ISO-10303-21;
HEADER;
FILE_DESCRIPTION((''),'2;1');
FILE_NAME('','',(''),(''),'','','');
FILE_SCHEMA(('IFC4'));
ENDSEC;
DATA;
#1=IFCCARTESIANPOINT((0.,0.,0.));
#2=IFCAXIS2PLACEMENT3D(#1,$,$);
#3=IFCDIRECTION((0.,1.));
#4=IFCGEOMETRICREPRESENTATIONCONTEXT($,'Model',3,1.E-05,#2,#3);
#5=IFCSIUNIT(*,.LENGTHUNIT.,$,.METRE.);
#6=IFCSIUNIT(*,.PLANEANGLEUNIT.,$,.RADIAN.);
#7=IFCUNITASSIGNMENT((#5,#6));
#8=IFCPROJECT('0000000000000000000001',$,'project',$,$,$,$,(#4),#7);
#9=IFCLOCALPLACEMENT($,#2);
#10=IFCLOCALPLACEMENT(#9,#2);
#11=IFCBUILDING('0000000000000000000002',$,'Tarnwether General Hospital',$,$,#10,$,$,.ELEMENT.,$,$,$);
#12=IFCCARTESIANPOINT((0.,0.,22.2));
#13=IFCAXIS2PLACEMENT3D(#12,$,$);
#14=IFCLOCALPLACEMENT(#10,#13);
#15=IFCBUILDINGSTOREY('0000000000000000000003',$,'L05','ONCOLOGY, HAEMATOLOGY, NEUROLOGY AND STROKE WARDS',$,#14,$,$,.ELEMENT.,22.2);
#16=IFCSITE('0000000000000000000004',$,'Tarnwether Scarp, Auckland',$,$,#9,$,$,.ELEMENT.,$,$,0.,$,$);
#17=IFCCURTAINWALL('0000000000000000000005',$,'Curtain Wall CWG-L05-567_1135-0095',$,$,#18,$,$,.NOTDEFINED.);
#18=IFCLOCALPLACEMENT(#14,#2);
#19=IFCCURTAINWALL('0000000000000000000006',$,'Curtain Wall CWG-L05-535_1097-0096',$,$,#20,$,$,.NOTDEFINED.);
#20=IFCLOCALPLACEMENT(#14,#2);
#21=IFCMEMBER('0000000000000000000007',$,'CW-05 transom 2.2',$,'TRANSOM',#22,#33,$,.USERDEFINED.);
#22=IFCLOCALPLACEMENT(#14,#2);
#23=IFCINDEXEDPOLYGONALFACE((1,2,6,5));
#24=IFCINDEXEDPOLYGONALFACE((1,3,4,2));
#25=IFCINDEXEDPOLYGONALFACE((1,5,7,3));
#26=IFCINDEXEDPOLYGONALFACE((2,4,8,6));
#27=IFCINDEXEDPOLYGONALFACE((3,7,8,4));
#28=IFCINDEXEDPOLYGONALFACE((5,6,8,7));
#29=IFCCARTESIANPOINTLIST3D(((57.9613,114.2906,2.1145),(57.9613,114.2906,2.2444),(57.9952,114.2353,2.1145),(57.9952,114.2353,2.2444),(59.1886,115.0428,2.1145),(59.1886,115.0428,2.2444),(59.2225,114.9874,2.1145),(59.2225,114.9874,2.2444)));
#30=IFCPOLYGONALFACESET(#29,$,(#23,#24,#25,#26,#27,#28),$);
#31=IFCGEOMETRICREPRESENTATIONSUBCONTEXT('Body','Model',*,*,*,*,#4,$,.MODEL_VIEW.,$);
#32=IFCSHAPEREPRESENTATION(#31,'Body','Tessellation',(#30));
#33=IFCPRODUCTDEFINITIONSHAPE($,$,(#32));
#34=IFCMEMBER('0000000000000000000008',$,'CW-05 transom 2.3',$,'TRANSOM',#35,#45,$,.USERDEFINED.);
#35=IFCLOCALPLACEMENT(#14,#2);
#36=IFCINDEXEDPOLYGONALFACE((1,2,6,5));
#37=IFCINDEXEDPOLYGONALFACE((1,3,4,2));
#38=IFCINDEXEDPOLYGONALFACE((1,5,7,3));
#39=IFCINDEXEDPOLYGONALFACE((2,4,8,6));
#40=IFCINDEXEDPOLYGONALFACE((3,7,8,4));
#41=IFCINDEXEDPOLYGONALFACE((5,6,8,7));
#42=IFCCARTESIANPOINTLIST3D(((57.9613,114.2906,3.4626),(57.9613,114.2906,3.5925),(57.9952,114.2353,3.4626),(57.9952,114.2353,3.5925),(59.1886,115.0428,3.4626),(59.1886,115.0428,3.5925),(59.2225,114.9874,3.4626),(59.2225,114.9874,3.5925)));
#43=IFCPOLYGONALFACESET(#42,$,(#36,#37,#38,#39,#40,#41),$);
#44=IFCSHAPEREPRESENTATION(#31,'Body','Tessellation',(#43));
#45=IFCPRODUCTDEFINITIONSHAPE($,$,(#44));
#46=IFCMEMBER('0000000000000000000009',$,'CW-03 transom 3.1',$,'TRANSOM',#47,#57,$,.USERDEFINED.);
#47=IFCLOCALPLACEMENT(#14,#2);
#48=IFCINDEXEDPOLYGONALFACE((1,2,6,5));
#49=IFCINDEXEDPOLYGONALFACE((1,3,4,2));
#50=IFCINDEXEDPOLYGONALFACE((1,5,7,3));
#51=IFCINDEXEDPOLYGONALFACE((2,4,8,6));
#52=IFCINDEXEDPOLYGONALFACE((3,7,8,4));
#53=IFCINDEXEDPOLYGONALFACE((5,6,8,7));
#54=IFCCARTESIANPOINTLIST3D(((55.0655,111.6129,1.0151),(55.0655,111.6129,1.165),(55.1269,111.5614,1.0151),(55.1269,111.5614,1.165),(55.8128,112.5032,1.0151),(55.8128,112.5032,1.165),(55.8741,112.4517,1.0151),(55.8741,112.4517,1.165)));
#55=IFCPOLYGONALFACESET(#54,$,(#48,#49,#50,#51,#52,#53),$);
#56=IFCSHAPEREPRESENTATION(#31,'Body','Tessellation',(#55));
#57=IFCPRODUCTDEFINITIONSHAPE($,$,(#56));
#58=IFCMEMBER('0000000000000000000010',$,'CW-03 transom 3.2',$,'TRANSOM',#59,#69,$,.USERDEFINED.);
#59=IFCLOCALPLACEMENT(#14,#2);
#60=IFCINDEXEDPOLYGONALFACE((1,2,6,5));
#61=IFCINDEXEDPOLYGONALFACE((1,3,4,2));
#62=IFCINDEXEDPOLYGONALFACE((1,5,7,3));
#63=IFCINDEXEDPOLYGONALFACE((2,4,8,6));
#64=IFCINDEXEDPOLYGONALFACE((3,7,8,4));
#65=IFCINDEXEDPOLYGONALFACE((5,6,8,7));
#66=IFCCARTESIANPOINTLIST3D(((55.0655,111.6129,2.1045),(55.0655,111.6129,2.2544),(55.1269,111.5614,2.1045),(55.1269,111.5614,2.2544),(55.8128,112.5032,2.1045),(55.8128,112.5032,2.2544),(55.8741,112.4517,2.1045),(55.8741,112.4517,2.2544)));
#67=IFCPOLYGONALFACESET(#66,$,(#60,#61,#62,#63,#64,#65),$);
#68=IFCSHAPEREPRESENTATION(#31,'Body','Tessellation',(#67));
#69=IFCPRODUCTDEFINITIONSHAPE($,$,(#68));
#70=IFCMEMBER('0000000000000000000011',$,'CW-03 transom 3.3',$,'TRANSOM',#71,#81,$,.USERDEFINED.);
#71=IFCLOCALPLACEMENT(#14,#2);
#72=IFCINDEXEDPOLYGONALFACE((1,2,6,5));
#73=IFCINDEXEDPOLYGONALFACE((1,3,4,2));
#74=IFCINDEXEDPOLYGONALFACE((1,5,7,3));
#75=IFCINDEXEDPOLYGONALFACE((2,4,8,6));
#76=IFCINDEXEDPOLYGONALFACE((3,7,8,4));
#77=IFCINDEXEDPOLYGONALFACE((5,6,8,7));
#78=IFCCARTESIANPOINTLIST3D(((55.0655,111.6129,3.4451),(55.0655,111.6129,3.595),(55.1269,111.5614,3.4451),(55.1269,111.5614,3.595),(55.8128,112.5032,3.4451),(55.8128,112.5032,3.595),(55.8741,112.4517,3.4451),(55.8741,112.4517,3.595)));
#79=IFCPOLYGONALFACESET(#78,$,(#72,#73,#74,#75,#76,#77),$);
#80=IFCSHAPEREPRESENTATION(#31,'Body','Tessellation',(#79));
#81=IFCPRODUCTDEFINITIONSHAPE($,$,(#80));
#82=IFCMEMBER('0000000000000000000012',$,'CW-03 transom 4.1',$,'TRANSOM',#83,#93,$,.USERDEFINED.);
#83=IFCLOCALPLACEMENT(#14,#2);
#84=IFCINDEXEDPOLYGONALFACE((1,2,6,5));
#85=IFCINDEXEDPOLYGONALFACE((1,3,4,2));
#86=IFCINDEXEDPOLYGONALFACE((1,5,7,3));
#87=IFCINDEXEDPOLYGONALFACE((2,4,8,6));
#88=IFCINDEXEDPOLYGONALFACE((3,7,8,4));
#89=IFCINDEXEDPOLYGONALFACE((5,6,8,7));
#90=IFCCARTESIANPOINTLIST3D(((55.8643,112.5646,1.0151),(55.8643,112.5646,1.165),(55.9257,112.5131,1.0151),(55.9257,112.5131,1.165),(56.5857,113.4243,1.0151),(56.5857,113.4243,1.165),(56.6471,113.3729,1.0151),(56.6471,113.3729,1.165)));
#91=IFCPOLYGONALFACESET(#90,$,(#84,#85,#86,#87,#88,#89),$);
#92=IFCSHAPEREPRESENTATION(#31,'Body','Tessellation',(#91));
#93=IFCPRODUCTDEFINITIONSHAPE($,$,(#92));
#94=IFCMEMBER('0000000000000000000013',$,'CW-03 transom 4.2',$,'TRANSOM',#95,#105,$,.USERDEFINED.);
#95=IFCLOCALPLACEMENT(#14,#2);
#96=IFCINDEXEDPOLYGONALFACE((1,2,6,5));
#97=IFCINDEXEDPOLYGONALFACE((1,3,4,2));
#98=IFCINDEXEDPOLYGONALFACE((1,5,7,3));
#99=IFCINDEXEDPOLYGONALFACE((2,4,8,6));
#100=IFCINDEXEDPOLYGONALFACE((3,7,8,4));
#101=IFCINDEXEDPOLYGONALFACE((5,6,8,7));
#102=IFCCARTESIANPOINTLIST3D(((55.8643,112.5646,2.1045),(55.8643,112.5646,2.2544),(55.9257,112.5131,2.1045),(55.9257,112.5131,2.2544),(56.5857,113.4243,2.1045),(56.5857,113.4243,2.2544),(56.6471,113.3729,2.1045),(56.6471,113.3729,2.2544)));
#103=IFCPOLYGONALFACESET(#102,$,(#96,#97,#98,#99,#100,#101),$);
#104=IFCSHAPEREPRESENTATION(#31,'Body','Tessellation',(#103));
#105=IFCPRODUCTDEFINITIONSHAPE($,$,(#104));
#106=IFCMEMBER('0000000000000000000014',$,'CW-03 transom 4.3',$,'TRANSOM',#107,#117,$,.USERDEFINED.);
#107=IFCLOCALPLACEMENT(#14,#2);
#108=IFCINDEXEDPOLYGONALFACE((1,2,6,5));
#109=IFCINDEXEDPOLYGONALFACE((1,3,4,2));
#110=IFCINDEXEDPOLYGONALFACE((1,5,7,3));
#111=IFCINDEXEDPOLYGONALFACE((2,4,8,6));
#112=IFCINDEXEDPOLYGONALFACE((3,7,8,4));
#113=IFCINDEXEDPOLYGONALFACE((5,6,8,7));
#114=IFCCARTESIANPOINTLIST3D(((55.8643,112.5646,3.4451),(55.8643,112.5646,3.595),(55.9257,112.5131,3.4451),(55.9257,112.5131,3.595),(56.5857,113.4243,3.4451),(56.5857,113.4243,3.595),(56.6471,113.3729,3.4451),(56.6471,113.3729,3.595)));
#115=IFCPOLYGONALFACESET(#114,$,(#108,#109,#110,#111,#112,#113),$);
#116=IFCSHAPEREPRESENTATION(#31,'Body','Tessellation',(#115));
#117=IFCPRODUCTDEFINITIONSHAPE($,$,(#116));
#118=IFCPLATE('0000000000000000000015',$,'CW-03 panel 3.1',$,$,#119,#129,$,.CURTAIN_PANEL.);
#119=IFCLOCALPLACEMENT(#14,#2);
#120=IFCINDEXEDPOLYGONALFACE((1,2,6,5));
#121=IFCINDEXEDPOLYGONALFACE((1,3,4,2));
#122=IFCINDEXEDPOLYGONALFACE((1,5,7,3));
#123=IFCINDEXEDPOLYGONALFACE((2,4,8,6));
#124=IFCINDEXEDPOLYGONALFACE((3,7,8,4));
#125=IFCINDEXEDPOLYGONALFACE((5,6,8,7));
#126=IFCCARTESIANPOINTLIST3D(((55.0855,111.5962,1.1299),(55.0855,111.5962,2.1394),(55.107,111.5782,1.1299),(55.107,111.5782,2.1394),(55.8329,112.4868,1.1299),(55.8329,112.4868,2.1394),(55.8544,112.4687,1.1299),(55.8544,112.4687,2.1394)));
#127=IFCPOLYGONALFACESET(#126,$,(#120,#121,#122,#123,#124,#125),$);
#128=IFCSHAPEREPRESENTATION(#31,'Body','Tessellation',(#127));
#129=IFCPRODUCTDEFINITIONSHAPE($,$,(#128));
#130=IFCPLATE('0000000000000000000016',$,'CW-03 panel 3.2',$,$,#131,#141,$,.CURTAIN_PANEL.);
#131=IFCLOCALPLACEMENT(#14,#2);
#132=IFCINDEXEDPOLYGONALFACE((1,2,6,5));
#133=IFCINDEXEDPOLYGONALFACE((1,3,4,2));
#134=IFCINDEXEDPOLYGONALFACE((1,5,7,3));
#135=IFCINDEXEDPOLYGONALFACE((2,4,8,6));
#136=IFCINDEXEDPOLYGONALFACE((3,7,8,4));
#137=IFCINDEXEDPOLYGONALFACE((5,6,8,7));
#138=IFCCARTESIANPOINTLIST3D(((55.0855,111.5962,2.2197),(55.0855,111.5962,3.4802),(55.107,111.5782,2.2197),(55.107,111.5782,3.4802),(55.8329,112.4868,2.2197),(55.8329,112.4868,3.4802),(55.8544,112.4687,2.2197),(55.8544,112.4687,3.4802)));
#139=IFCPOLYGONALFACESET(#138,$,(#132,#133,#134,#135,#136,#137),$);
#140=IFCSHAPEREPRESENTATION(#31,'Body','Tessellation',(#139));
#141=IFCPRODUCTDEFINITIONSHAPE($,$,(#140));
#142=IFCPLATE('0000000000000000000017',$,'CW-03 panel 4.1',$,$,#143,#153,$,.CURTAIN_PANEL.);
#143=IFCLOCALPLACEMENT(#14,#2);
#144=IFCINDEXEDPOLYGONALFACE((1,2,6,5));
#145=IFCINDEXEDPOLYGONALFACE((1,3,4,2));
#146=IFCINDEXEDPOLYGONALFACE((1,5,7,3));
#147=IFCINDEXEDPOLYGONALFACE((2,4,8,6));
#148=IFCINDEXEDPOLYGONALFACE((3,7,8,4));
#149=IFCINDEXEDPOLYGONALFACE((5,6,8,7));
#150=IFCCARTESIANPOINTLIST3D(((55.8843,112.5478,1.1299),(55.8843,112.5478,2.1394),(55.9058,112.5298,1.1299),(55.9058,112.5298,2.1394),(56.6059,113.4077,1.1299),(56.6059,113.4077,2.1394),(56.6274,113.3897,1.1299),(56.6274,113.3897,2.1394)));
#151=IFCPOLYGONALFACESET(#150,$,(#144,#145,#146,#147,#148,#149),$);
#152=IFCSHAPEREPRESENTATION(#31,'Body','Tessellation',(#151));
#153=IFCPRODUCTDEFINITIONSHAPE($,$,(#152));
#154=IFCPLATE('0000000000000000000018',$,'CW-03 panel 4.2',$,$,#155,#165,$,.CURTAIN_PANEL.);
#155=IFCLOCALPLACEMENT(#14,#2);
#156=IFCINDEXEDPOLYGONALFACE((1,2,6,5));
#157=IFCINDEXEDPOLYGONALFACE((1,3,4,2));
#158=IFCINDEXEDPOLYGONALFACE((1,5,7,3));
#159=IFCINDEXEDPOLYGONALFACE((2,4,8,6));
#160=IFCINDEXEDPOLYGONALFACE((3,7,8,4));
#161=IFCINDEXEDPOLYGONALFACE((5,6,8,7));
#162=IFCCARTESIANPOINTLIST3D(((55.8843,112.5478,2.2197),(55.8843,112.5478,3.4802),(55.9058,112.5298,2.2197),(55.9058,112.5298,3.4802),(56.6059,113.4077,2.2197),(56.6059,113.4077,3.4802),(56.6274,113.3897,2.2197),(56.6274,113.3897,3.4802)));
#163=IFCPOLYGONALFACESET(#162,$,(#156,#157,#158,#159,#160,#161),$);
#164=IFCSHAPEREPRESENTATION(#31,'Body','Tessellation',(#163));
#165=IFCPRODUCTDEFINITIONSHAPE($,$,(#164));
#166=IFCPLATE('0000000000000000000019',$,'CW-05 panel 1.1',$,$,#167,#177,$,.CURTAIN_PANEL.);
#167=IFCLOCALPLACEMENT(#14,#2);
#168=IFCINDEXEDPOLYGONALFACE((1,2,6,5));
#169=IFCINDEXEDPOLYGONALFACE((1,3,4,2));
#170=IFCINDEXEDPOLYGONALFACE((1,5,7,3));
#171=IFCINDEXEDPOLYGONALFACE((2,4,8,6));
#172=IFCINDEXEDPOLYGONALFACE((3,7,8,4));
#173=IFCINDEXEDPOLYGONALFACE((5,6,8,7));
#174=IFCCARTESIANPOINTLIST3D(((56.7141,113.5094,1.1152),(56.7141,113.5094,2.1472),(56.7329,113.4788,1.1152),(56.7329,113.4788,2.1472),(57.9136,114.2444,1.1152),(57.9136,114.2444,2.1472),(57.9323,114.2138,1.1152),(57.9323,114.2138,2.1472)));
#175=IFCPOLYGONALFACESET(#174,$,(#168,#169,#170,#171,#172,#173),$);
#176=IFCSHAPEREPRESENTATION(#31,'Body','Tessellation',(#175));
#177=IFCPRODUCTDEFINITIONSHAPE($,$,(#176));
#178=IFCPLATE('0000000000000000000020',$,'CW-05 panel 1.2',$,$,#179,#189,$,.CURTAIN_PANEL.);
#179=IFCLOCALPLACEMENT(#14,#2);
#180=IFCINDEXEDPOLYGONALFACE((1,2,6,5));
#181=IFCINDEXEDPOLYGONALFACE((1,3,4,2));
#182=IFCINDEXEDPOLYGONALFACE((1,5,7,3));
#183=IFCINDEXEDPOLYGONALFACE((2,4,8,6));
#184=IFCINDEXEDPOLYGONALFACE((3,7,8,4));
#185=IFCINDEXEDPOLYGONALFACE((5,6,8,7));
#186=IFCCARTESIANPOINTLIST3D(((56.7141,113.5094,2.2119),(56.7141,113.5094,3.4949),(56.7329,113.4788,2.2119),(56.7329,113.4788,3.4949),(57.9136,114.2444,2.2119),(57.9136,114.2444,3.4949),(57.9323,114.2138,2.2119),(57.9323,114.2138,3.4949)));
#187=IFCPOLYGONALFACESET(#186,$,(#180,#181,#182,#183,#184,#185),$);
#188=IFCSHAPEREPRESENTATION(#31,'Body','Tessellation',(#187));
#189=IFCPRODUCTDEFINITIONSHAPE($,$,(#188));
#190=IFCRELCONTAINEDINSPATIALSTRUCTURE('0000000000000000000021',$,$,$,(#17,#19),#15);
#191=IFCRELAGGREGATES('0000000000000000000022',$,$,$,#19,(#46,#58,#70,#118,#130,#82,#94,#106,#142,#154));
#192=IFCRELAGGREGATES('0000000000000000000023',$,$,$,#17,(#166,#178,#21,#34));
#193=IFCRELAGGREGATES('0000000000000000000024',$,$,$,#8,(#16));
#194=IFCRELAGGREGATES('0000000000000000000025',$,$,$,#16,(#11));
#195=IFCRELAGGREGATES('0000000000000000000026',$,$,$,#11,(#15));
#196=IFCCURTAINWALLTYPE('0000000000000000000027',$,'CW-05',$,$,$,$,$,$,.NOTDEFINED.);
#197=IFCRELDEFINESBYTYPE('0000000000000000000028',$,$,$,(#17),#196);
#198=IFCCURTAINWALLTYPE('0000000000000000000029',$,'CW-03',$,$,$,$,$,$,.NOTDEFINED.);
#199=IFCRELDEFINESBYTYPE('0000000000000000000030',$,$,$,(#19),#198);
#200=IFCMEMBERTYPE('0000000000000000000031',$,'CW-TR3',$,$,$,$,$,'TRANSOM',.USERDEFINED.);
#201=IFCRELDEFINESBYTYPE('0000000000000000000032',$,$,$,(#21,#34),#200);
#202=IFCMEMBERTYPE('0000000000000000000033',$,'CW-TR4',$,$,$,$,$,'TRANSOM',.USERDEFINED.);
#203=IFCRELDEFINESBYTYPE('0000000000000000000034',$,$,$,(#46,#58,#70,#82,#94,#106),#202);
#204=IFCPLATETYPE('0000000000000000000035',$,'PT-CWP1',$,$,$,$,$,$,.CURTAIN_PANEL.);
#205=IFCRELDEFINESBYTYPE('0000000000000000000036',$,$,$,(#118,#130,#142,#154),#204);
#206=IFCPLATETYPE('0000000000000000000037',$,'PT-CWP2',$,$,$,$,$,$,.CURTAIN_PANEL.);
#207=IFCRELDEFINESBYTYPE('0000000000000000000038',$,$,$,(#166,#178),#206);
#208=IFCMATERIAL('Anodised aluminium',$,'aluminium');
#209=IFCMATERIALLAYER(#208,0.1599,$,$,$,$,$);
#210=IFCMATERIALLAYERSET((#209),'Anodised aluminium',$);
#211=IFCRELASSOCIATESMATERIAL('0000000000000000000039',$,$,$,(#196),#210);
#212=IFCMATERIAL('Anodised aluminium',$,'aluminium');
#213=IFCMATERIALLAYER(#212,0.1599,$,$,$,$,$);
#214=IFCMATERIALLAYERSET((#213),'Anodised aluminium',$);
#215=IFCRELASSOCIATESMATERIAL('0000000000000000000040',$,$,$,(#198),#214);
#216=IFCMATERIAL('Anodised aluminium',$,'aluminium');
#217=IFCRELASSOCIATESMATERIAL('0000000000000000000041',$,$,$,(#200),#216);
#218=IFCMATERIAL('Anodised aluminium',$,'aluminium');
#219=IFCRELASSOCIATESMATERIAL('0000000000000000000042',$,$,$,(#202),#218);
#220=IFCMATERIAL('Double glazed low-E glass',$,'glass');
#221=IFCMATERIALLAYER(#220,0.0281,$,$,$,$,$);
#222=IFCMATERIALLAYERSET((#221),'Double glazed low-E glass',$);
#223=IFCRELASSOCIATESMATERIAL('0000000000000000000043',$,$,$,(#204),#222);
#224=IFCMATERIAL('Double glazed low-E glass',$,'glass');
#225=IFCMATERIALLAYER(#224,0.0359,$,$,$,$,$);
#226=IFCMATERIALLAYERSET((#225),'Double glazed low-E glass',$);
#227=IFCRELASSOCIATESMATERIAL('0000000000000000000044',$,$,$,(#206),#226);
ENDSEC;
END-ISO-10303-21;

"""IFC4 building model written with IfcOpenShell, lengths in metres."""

from ifc_helpers import new_model, si_unit, direction, frame, origin, origin_2d, place, context, subcontext, project, spatial, rectangle, extrude, material, layer, layer_set, material_profile, profile_set, type_object, element, aggregate, save


model = new_model("IFC4")

# Units and contexts
model_context = context("Model", 3, precision=1e-05, world=origin(), true_north=direction((0.0, 1.0)))
body_context = subcontext(model_context, "Body", "Model", "MODEL_VIEW")
ifc_project = project(units=[si_unit("LENGTHUNIT", "METRE"), si_unit("PLANEANGLEUNIT", "RADIAN")], contexts=[model_context])

# Site, building, storey
site_placement = place(None, origin())
site = spatial("IfcSite", under=ifc_project, at=site_placement, Name="Tarnwether Scarp, Auckland", CompositionType="ELEMENT", RefElevation=0.0)
building_placement = place(site_placement, origin())
building = spatial("IfcBuilding", under=site, at=building_placement, Name="Tarnwether General Hospital", CompositionType="ELEMENT")
storey_placement = place(building_placement, frame((0.0, 0.0, 22.2)))
storey = spatial("IfcBuildingStorey", under=building, at=storey_placement, Name="L05", Description="ONCOLOGY, HAEMATOLOGY, NEUROLOGY AND STROKE WARDS", CompositionType="ELEMENT", Elevation=22.2)

# Curtain walls
ifc_material_1 = material(Name="Anodised aluminium", Category="aluminium")
ifc_layer_1 = layer(ifc_material_1, 0.1599)
ifc_layer_set_1 = layer_set([ifc_layer_1], Name="Anodised aluminium")
curtain_wall_type_1 = type_object("IfcCurtainWallType", Name="CW-05", PredefinedType="NOTDEFINED", material=ifc_layer_set_1)
curtain_wall_1_placement = place(storey_placement, origin())
curtain_wall_1 = element("IfcCurtainWall", 1, at=curtain_wall_1_placement, inside=storey, type_object=curtain_wall_type_1, Name="Curtain Wall CWG-L05-567_1135-0095", PredefinedType="NOTDEFINED")
ifc_material_2 = material(Name="Anodised aluminium", Category="aluminium")
ifc_layer_2 = layer(ifc_material_2, 0.1599)
ifc_layer_set_2 = layer_set([ifc_layer_2], Name="Anodised aluminium")
curtain_wall_type_2 = type_object("IfcCurtainWallType", Name="CW-03", PredefinedType="NOTDEFINED", material=ifc_layer_set_2)
curtain_wall_2_placement = place(storey_placement, origin())
curtain_wall_2 = element("IfcCurtainWall", 2, at=curtain_wall_2_placement, inside=storey, type_object=curtain_wall_type_2, Name="Curtain Wall CWG-L05-535_1097-0096", PredefinedType="NOTDEFINED")

# Members
ifc_material_3 = material(Name="Anodised aluminium", Category="aluminium")
ifc_material_profile_1 = material_profile(ifc_material_3, rectangle(XDim=0.0649, YDim=0.1299, at=origin_2d()), Name="ALU-TRN-65x130")
ifc_profile_set_1 = profile_set([ifc_material_profile_1], Name="Anodised aluminium")
member_type_1 = type_object("IfcMemberType", Name="CW-TR3", ElementType="TRANSOM", PredefinedType="USERDEFINED", material=ifc_profile_set_1)
member_1_placement = place(storey_placement, frame((57.9783, 114.2629, 2.1794), z_axis=(0.852606, 0.522554, 0.0), x_axis=(-0.522554, 0.852606, 0.0)))
member_1 = element("IfcMember", 3, at=member_1_placement, type_object=member_type_1, Name="CW-05 transom 2.2", ObjectType="TRANSOM", PredefinedType="USERDEFINED", context=body_context, shape_type="SweptSolid", body=[
    extrude(rectangle(XDim=0.0649, YDim=0.1299, at=origin_2d()), origin(), (0.0, 0.0, 1.0), 1.4395),
])
member_2_placement = place(storey_placement, frame((57.9783, 114.2629, 3.5276), z_axis=(0.852606, 0.522554, 0.0), x_axis=(-0.522554, 0.852606, 0.0)))
member_2 = element("IfcMember", 4, at=member_2_placement, type_object=member_type_1, Name="CW-05 transom 2.3", ObjectType="TRANSOM", PredefinedType="USERDEFINED", context=body_context, shape_type="SweptSolid", body=[
    extrude(rectangle(XDim=0.0649, YDim=0.1299, at=origin_2d()), origin(), (0.0, 0.0, 1.0), 1.4395),
])
ifc_material_4 = material(Name="Anodised aluminium", Category="aluminium")
ifc_material_profile_2 = material_profile(ifc_material_4, rectangle(XDim=0.0801, YDim=0.1499, at=origin_2d()), Name="ALU-TRN-80x150")
ifc_profile_set_2 = profile_set([ifc_material_profile_2], Name="Anodised aluminium")
member_type_2 = type_object("IfcMemberType", Name="CW-TR4", ElementType="TRANSOM", PredefinedType="USERDEFINED", material=ifc_profile_set_2)
member_3_placement = place(storey_placement, frame((55.0962, 111.5872, 1.0901), z_axis=(0.642887, 0.765961, 0.0), x_axis=(-0.765961, 0.642887, 0.0)))
member_3 = element("IfcMember", 5, at=member_3_placement, type_object=member_type_2, Name="CW-03 transom 3.1", ObjectType="TRANSOM", PredefinedType="USERDEFINED", context=body_context, shape_type="SweptSolid", body=[
    extrude(rectangle(XDim=0.0801, YDim=0.1499, at=origin_2d()), origin(), (0.0, 0.0, 1.0), 1.1624),
])
member_4_placement = place(storey_placement, frame((55.0962, 111.5872, 2.1794), z_axis=(0.642887, 0.765961, 0.0), x_axis=(-0.765961, 0.642887, 0.0)))
member_4 = element("IfcMember", 6, at=member_4_placement, type_object=member_type_2, Name="CW-03 transom 3.2", ObjectType="TRANSOM", PredefinedType="USERDEFINED", context=body_context, shape_type="SweptSolid", body=[
    extrude(rectangle(XDim=0.0801, YDim=0.1499, at=origin_2d()), origin(), (0.0, 0.0, 1.0), 1.1624),
])
member_5_placement = place(storey_placement, frame((55.0962, 111.5872, 3.52), z_axis=(0.642887, 0.765961, 0.0), x_axis=(-0.765961, 0.642887, 0.0)))
member_5 = element("IfcMember", 7, at=member_5_placement, type_object=member_type_2, Name="CW-03 transom 3.3", ObjectType="TRANSOM", PredefinedType="USERDEFINED", context=body_context, shape_type="SweptSolid", body=[
    extrude(rectangle(XDim=0.0801, YDim=0.1499, at=origin_2d()), origin(), (0.0, 0.0, 1.0), 1.1624),
])
member_6_placement = place(storey_placement, frame((55.895, 112.5388, 1.0901), z_axis=(0.642748, 0.766078, 0.0), x_axis=(-0.766078, 0.642748, 0.0)))
member_6 = element("IfcMember", 8, at=member_6_placement, type_object=member_type_2, Name="CW-03 transom 4.1", ObjectType="TRANSOM", PredefinedType="USERDEFINED", context=body_context, shape_type="SweptSolid", body=[
    extrude(rectangle(XDim=0.0801, YDim=0.1499, at=origin_2d()), origin(), (0.0, 0.0, 1.0), 1.1223),
])
member_7_placement = place(storey_placement, frame((55.895, 112.5388, 2.1794), z_axis=(0.642748, 0.766078, 0.0), x_axis=(-0.766078, 0.642748, 0.0)))
member_7 = element("IfcMember", 9, at=member_7_placement, type_object=member_type_2, Name="CW-03 transom 4.2", ObjectType="TRANSOM", PredefinedType="USERDEFINED", context=body_context, shape_type="SweptSolid", body=[
    extrude(rectangle(XDim=0.0801, YDim=0.1499, at=origin_2d()), origin(), (0.0, 0.0, 1.0), 1.1223),
])
member_8_placement = place(storey_placement, frame((55.895, 112.5388, 3.52), z_axis=(0.642748, 0.766078, 0.0), x_axis=(-0.766078, 0.642748, 0.0)))
member_8 = element("IfcMember", 10, at=member_8_placement, type_object=member_type_2, Name="CW-03 transom 4.3", ObjectType="TRANSOM", PredefinedType="USERDEFINED", context=body_context, shape_type="SweptSolid", body=[
    extrude(rectangle(XDim=0.0801, YDim=0.1499, at=origin_2d()), origin(), (0.0, 0.0, 1.0), 1.1223),
])

# Plates
ifc_material_5 = material(Name="Double glazed low-E glass", Category="glass")
ifc_layer_3 = layer(ifc_material_5, 0.0281)
ifc_layer_set_3 = layer_set([ifc_layer_3], Name="Double glazed low-E glass")
plate_type_1 = type_object("IfcPlateType", Name="PT-CWP1", PredefinedType="CURTAIN_PANEL", material=ifc_layer_set_3)
plate_1_placement = place(storey_placement, frame((55.47, 112.0325, 1.1299), z_axis=(0.0, 0.0, 1.0), x_axis=(0.642852, 0.76599, 0.0)))
plate_1 = element("IfcPlate", 11, at=plate_1_placement, type_object=plate_type_1, Name="CW-03 panel 3.1", PredefinedType="CURTAIN_PANEL", context=body_context, shape_type="SweptSolid", body=[
    extrude(rectangle(XDim=1.1626, YDim=0.0281, at=origin_2d()), origin(), (0.0, 0.0, 1.0), 1.0095),
])
plate_2_placement = place(storey_placement, frame((55.47, 112.0325, 2.2197), z_axis=(0.0, 0.0, 1.0), x_axis=(0.642852, 0.76599, 0.0)))
plate_2 = element("IfcPlate", 12, at=plate_2_placement, type_object=plate_type_1, Name="CW-03 panel 3.2", PredefinedType="CURTAIN_PANEL", context=body_context, shape_type="SweptSolid", body=[
    extrude(rectangle(XDim=1.1626, YDim=0.0281, at=origin_2d()), origin(), (0.0, 0.0, 1.0), 1.2605),
])
plate_3_placement = place(storey_placement, frame((56.2559, 112.9688, 1.1299), z_axis=(0.0, 0.0, 1.0), x_axis=(0.642852, 0.76599, 0.0)))
plate_3 = element("IfcPlate", 13, at=plate_3_placement, type_object=plate_type_1, Name="CW-03 panel 4.1", PredefinedType="CURTAIN_PANEL", context=body_context, shape_type="SweptSolid", body=[
    extrude(rectangle(XDim=1.1226, YDim=0.0281, at=origin_2d()), origin(), (0.0, 0.0, 1.0), 1.0095),
])
plate_4_placement = place(storey_placement, frame((56.2559, 112.9688, 2.2197), z_axis=(0.0, 0.0, 1.0), x_axis=(0.642852, 0.76599, 0.0)))
plate_4 = element("IfcPlate", 14, at=plate_4_placement, type_object=plate_type_1, Name="CW-03 panel 4.2", PredefinedType="CURTAIN_PANEL", context=body_context, shape_type="SweptSolid", body=[
    extrude(rectangle(XDim=1.1226, YDim=0.0281, at=origin_2d()), origin(), (0.0, 0.0, 1.0), 1.2605),
])
aggregate(curtain_wall_2, [member_3, member_4, member_5, plate_1, plate_2, member_6, member_7, member_8, plate_3, plate_4])
ifc_material_6 = material(Name="Double glazed low-E glass", Category="glass")
ifc_layer_4 = layer(ifc_material_6, 0.0359)
ifc_layer_set_4 = layer_set([ifc_layer_4], Name="Double glazed low-E glass")
plate_type_2 = type_object("IfcPlateType", Name="PT-CWP2", PredefinedType="CURTAIN_PANEL", material=ifc_layer_set_4)
plate_5_placement = place(storey_placement, frame((57.3232, 113.8616, 1.1152), z_axis=(0.0, 0.0, 1.0), x_axis=(0.852634, 0.522509, 0.0)))
plate_5 = element("IfcPlate", 15, at=plate_5_placement, type_object=plate_type_2, Name="CW-05 panel 1.1", PredefinedType="CURTAIN_PANEL", context=body_context, shape_type="SweptSolid", body=[
    extrude(rectangle(XDim=1.4067, YDim=0.0359, at=origin_2d()), origin(), (0.0, 0.0, 1.0), 1.032),
])
plate_6_placement = place(storey_placement, frame((57.3232, 113.8616, 2.2119), z_axis=(0.0, 0.0, 1.0), x_axis=(0.852634, 0.522509, 0.0)))
plate_6 = element("IfcPlate", 16, at=plate_6_placement, type_object=plate_type_2, Name="CW-05 panel 1.2", PredefinedType="CURTAIN_PANEL", context=body_context, shape_type="SweptSolid", body=[
    extrude(rectangle(XDim=1.4067, YDim=0.0359, at=origin_2d()), origin(), (0.0, 0.0, 1.0), 1.283),
])
aggregate(curtain_wall_1, [plate_5, plate_6, member_1, member_2])

save(model, "model.ifc")
